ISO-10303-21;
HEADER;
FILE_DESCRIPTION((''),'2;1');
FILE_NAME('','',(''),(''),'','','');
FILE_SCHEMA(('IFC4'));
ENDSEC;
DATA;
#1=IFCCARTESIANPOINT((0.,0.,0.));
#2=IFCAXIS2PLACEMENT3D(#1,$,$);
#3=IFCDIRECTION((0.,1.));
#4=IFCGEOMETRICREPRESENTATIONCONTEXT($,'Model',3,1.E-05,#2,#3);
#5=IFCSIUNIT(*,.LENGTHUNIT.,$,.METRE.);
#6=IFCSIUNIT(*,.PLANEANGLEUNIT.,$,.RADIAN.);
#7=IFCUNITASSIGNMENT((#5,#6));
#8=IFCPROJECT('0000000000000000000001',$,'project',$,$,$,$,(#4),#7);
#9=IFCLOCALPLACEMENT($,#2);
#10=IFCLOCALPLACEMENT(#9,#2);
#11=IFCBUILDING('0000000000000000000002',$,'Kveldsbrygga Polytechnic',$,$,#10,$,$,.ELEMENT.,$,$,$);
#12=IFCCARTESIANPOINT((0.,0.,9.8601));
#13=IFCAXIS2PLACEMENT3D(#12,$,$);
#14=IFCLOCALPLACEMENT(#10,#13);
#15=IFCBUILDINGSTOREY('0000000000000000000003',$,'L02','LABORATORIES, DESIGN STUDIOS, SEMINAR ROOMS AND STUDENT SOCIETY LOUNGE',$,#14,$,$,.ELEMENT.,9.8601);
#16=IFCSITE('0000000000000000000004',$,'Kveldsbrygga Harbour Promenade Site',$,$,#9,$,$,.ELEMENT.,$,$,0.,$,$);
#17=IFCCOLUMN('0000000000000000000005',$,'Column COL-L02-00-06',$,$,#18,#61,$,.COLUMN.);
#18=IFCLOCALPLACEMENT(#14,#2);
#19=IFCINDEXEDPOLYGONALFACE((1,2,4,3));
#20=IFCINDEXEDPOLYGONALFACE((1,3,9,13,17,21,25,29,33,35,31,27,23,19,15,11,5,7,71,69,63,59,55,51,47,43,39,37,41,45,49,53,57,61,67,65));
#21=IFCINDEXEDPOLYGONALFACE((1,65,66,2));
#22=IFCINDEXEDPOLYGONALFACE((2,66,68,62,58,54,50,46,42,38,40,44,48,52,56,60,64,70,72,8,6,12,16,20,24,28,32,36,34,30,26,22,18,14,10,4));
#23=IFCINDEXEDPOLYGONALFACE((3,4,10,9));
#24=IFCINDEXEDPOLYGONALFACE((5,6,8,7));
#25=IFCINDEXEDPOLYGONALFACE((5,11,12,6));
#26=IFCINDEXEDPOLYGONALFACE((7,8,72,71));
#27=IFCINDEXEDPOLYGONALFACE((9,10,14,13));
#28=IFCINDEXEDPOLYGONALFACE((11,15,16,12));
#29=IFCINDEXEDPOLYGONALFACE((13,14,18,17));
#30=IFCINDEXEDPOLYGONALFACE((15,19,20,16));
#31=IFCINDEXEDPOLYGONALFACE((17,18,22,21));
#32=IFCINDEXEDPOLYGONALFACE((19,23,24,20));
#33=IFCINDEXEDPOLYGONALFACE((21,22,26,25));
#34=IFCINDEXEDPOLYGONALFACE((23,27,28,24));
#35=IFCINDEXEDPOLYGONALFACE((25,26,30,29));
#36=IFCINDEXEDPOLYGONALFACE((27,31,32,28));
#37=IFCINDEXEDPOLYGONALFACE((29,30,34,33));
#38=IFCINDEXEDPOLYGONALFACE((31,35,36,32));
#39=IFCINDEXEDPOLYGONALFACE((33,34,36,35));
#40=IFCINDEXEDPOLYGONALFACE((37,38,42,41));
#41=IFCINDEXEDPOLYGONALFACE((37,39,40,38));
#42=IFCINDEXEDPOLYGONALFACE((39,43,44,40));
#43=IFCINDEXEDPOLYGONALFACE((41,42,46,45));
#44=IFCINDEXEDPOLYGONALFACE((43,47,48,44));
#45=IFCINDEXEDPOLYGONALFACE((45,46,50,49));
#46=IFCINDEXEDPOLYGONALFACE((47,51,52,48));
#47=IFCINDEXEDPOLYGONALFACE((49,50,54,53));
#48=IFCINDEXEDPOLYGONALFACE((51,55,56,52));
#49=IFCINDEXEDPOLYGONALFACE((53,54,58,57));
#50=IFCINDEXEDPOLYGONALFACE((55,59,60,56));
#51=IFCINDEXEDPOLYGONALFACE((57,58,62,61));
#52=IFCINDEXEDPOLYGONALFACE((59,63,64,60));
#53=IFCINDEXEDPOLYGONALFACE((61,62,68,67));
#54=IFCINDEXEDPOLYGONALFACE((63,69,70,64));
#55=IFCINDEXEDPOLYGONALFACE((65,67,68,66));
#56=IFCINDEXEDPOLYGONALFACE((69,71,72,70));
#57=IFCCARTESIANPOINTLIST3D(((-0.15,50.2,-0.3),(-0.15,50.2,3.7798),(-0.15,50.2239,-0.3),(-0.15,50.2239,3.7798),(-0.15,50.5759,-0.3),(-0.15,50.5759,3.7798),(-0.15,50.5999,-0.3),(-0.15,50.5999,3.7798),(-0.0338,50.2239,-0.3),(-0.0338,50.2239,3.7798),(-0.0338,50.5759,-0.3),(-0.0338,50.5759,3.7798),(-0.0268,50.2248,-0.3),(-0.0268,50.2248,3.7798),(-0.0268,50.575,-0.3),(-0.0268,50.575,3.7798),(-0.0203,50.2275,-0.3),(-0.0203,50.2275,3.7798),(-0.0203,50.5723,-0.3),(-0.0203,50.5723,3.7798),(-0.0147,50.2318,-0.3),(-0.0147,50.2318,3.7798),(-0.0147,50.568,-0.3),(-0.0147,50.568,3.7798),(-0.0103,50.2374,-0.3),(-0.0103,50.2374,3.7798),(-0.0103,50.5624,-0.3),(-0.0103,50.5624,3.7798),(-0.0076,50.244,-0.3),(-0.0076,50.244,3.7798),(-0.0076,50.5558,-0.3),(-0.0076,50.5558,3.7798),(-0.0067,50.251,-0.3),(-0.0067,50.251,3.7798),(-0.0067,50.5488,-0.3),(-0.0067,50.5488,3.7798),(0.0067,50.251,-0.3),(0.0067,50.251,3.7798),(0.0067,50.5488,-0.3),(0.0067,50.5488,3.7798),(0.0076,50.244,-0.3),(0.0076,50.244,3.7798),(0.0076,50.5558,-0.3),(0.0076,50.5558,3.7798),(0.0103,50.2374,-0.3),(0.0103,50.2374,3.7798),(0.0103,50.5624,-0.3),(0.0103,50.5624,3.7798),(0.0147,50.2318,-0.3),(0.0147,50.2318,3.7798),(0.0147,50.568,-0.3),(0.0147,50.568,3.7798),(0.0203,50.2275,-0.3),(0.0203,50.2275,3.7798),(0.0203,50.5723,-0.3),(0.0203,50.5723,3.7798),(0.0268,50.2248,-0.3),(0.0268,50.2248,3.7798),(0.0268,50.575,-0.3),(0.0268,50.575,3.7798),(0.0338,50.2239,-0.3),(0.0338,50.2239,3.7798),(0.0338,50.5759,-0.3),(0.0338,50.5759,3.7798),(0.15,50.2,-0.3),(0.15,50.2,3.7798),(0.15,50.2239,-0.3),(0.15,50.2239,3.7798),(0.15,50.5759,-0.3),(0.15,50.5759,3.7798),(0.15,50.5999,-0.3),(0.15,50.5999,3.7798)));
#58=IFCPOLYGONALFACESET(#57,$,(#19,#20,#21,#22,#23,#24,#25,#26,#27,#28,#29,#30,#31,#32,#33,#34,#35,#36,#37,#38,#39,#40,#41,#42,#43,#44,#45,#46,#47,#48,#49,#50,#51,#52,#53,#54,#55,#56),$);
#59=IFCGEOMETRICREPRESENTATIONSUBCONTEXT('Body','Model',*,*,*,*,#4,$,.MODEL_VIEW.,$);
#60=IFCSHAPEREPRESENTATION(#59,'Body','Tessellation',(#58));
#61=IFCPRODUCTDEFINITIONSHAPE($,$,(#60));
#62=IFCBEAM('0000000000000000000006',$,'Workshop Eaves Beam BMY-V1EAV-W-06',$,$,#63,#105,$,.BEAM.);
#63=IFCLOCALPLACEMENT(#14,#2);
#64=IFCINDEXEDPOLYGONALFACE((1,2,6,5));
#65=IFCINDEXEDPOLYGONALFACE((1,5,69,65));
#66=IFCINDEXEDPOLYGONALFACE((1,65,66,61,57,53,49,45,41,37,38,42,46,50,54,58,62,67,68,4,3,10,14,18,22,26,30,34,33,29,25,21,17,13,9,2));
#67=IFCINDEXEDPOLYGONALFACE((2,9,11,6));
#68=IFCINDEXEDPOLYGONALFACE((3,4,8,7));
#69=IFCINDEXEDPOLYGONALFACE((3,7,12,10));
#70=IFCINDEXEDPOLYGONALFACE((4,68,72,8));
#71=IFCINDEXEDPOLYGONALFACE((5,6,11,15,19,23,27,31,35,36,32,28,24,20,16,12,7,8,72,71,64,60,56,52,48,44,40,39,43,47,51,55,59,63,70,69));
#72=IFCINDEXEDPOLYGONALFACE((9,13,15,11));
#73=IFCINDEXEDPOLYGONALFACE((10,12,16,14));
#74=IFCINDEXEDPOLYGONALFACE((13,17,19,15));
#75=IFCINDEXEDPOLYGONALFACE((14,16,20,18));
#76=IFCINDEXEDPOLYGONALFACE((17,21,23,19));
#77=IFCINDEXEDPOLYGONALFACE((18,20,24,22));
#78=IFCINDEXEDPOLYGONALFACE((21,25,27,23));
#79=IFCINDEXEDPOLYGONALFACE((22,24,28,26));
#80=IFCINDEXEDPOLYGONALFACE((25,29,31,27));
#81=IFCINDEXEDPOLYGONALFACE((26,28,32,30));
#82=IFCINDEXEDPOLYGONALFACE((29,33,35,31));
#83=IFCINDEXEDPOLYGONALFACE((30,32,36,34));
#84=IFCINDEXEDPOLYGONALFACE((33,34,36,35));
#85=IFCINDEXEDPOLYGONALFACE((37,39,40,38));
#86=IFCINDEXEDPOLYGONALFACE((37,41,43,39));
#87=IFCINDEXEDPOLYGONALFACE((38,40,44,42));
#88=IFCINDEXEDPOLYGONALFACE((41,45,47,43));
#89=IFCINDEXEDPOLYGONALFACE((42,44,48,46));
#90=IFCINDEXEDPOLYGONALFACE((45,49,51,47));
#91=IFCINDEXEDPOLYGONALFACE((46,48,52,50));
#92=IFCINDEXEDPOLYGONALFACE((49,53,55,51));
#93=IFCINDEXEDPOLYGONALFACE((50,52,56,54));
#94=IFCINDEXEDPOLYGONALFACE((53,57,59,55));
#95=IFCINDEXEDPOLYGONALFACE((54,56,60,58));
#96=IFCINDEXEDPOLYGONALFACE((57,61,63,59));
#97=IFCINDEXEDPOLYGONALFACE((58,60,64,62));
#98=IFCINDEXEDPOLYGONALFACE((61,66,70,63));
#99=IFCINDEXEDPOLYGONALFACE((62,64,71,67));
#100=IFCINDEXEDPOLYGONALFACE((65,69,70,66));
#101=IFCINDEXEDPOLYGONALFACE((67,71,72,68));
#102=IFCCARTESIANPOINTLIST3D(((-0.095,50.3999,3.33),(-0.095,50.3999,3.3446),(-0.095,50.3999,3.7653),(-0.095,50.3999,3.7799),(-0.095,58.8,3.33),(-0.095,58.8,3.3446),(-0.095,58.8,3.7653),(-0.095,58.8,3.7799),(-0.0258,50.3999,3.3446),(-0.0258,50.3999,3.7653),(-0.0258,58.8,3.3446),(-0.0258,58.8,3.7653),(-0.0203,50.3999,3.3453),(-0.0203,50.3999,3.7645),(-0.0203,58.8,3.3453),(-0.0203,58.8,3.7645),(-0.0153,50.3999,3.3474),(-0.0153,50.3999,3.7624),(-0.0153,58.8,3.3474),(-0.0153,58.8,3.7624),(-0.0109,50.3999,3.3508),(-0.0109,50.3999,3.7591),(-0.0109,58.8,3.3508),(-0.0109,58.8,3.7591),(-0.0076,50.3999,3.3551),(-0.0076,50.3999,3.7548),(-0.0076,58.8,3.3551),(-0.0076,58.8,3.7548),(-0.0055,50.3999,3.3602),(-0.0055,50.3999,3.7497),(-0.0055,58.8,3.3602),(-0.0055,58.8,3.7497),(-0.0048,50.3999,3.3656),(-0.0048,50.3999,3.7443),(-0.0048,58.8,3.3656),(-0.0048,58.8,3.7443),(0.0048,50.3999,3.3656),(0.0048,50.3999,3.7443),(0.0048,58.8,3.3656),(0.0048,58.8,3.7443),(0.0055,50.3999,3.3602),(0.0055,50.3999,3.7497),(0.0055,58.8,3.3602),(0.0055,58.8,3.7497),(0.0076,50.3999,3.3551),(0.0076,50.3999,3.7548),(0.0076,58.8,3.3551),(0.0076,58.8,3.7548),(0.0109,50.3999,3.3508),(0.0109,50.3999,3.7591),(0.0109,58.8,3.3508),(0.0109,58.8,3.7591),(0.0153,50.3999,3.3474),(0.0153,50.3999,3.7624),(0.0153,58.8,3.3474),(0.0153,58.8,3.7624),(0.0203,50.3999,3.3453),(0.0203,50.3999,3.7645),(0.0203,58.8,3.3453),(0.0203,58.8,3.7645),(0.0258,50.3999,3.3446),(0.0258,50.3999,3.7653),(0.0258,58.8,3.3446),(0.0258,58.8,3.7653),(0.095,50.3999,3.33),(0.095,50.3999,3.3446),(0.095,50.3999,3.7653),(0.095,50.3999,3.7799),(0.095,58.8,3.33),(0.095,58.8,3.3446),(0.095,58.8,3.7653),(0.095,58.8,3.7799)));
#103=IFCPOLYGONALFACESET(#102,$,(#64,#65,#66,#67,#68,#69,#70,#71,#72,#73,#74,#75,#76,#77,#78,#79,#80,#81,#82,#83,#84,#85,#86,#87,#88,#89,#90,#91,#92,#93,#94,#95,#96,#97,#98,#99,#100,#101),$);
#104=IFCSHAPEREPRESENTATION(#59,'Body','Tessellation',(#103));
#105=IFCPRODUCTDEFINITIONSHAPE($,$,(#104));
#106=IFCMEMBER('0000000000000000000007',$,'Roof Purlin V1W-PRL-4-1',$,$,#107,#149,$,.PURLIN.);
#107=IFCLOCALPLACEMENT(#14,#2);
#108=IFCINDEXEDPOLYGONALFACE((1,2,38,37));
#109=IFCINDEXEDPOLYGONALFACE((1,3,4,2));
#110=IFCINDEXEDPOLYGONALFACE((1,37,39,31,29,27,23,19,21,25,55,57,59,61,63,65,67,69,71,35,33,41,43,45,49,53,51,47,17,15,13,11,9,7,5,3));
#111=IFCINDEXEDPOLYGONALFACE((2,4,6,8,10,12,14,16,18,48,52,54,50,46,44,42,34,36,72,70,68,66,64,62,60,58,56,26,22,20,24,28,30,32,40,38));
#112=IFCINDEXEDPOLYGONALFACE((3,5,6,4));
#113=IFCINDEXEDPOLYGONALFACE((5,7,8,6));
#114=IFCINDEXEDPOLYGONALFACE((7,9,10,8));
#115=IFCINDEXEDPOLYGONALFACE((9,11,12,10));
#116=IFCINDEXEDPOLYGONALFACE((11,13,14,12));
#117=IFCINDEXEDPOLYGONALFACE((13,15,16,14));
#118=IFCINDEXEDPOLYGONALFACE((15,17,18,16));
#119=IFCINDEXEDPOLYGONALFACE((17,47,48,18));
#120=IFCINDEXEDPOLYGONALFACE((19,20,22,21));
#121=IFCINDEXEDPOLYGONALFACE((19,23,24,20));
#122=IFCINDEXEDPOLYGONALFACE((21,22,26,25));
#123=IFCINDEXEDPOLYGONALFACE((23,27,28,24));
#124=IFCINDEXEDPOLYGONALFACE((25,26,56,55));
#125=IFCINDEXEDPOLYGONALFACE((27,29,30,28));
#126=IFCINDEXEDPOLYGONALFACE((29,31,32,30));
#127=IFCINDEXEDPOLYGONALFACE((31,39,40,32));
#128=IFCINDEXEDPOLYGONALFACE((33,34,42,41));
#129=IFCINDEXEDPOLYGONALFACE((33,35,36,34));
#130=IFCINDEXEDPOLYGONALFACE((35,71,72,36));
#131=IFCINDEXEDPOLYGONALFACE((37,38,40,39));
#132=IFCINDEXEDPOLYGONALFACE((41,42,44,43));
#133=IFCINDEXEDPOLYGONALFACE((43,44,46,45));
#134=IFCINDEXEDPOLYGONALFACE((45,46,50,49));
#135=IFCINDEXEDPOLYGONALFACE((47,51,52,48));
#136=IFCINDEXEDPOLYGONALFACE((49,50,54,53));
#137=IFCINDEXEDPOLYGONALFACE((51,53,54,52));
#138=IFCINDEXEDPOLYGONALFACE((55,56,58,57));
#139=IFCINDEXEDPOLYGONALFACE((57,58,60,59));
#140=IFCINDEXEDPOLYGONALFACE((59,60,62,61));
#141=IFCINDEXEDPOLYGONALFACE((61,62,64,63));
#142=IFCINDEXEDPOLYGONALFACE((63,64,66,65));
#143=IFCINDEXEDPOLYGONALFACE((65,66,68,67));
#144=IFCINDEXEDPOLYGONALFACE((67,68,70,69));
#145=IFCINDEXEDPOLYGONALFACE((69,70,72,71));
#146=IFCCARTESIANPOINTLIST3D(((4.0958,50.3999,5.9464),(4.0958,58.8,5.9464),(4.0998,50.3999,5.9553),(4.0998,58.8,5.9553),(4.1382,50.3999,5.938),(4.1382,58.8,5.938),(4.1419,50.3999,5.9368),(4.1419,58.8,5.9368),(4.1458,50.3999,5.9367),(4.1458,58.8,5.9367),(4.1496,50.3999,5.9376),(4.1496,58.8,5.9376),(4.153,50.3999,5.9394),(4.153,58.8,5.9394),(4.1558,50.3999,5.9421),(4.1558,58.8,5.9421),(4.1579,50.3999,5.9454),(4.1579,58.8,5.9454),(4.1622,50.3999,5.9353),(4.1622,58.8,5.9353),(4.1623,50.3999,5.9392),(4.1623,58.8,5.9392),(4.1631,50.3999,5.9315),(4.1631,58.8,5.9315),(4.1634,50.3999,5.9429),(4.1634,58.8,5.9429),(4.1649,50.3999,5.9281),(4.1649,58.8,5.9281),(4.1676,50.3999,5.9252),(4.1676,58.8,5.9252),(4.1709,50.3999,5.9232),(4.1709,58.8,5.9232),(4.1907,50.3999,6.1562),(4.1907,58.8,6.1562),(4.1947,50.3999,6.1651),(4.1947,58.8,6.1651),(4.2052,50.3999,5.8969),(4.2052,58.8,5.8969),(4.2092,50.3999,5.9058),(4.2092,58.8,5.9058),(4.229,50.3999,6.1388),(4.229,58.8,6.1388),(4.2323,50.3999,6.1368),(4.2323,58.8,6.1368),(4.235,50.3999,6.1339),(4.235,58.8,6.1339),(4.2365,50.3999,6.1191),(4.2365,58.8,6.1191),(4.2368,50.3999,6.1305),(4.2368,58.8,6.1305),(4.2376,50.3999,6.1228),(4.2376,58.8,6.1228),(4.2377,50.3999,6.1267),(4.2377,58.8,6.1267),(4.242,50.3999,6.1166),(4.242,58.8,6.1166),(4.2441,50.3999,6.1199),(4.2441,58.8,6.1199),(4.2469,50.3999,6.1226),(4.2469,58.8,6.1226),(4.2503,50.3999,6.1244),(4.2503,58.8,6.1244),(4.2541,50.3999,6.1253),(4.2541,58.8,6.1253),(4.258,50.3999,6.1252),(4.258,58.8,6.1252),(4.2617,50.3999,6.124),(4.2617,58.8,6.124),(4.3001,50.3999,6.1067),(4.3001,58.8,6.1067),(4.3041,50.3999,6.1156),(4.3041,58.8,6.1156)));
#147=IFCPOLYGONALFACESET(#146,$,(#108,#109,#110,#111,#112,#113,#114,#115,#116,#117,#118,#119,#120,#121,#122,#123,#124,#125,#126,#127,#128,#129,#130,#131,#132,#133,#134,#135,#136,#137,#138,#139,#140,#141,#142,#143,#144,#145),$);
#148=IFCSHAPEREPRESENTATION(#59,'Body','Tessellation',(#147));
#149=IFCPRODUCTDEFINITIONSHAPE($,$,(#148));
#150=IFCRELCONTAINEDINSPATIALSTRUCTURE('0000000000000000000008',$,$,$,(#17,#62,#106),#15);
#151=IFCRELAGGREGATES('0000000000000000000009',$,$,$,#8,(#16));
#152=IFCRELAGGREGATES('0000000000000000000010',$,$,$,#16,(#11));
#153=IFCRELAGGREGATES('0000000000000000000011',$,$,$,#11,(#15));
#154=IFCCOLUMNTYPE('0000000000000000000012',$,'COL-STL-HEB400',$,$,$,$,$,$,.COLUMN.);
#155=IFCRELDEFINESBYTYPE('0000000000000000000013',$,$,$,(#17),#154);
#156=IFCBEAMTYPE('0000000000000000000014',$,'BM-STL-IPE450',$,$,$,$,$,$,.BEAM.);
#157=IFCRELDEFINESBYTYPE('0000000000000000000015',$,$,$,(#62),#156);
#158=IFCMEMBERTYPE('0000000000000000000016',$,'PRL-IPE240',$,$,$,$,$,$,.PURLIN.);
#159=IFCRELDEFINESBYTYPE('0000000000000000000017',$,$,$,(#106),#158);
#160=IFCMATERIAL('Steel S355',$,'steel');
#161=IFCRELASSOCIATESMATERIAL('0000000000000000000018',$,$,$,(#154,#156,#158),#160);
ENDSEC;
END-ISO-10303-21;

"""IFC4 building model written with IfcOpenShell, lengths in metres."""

from ifc_helpers import new_model, si_unit, direction, frame, origin, origin_2d, place, context, subcontext, project, spatial, i_section, extrude, material, material_profile, profile_set, type_object, element, save


model = new_model("IFC4")

# Units and contexts
model_context = context("Model", 3, precision=1e-05, world=origin(), true_north=direction((0.0, 1.0)))
body_context = subcontext(model_context, "Body", "Model", "MODEL_VIEW")
ifc_project = project(units=[si_unit("LENGTHUNIT", "METRE"), si_unit("PLANEANGLEUNIT", "RADIAN")], contexts=[model_context])

# Site, building, storey
site_placement = place(None, origin())
site = spatial("IfcSite", under=ifc_project, at=site_placement, Name="Kveldsbrygga Harbour Promenade Site", CompositionType="ELEMENT", RefElevation=0.0)
building_placement = place(site_placement, origin())
building = spatial("IfcBuilding", under=site, at=building_placement, Name="Kveldsbrygga Polytechnic", CompositionType="ELEMENT")
storey_placement = place(building_placement, frame((0.0, 0.0, 9.8601)))
storey = spatial("IfcBuildingStorey", under=building, at=storey_placement, Name="L02", Description="LABORATORIES, DESIGN STUDIOS, SEMINAR ROOMS AND STUDENT SOCIETY LOUNGE", CompositionType="ELEMENT", Elevation=9.8601)

# Column
ifc_material_1 = material(Name="Steel S355", Category="steel")
ifc_material_profile_1 = material_profile(ifc_material_1, i_section(OverallWidth=0.3, OverallDepth=0.3999, WebThickness=0.0134, FlangeThickness=0.0239, FilletRadius=0.0271, at=origin_2d()), Name="HEB 400")
ifc_profile_set_1 = profile_set([ifc_material_profile_1], Name="Steel S355")
column_type = type_object("IfcColumnType", Name="COL-STL-HEB400", PredefinedType="COLUMN", material=ifc_profile_set_1)
column_placement = place(storey_placement, frame((0.0, 50.3999, -0.3), z_axis=(0.0, 0.0, 1.0), x_axis=(1.0, 0.0, 0.0)))
element("IfcColumn", 1, at=column_placement, inside=storey, type_object=column_type, Name="Column COL-L02-00-06", PredefinedType="COLUMN", context=body_context, shape_type="SweptSolid", body=[
    extrude(i_section(OverallWidth=0.3, OverallDepth=0.3999, WebThickness=0.0134, FlangeThickness=0.0239, FilletRadius=0.0271, at=origin_2d()), origin(), (0.0, 0.0, 1.0), 4.0798),
])

# Beam
ifc_material_profile_2 = material_profile(ifc_material_1, i_section(OverallWidth=0.1899, OverallDepth=0.45, WebThickness=0.0095, FlangeThickness=0.0146, FilletRadius=0.021, at=origin_2d()), Name="IPE 450")
ifc_profile_set_2 = profile_set([ifc_material_profile_2], Name="Steel S355")
beam_type = type_object("IfcBeamType", Name="BM-STL-IPE450", PredefinedType="BEAM", material=ifc_profile_set_2)
beam_placement = place(storey_placement, frame((0.0, 50.3999, 3.5549), z_axis=(0.0, 1.0, 0.0), x_axis=(-1.0, 0.0, 0.0)))
element("IfcBeam", 2, at=beam_placement, inside=storey, type_object=beam_type, Name="Workshop Eaves Beam BMY-V1EAV-W-06", PredefinedType="BEAM", context=body_context, shape_type="SweptSolid", body=[
    extrude(i_section(OverallWidth=0.1899, OverallDepth=0.45, WebThickness=0.0095, FlangeThickness=0.0146, FilletRadius=0.021, at=origin_2d()), origin(), (0.0, 0.0, 1.0), 8.4001),
])

# Member
ifc_material_profile_3 = material_profile(ifc_material_1, i_section(OverallWidth=0.1201, OverallDepth=0.24, WebThickness=0.0061, FlangeThickness=0.0098, FilletRadius=0.0149, at=origin_2d()), Name="IPE 240")
ifc_profile_set_3 = profile_set([ifc_material_profile_3], Name="Steel S355")
member_type_1 = type_object("IfcMemberType", Name="PRL-IPE240", PredefinedType="PURLIN", material=ifc_profile_set_3)
member_1_placement = place(storey_placement, frame((4.2, 50.3999, 6.031), z_axis=(0.0, 1.0, 0.0), x_axis=(-0.911108, 0.0, 0.412168)))
element("IfcMember", 3, at=member_1_placement, inside=storey, type_object=member_type_1, Name="Roof Purlin V1W-PRL-4-1", PredefinedType="PURLIN", context=body_context, shape_type="SweptSolid", body=[
    extrude(i_section(OverallWidth=0.1201, OverallDepth=0.24, WebThickness=0.0061, FlangeThickness=0.0098, FilletRadius=0.0149, at=origin_2d()), origin(), (0.0, 0.0, 1.0), 8.4001),
])

save(model, "model.ifc")
